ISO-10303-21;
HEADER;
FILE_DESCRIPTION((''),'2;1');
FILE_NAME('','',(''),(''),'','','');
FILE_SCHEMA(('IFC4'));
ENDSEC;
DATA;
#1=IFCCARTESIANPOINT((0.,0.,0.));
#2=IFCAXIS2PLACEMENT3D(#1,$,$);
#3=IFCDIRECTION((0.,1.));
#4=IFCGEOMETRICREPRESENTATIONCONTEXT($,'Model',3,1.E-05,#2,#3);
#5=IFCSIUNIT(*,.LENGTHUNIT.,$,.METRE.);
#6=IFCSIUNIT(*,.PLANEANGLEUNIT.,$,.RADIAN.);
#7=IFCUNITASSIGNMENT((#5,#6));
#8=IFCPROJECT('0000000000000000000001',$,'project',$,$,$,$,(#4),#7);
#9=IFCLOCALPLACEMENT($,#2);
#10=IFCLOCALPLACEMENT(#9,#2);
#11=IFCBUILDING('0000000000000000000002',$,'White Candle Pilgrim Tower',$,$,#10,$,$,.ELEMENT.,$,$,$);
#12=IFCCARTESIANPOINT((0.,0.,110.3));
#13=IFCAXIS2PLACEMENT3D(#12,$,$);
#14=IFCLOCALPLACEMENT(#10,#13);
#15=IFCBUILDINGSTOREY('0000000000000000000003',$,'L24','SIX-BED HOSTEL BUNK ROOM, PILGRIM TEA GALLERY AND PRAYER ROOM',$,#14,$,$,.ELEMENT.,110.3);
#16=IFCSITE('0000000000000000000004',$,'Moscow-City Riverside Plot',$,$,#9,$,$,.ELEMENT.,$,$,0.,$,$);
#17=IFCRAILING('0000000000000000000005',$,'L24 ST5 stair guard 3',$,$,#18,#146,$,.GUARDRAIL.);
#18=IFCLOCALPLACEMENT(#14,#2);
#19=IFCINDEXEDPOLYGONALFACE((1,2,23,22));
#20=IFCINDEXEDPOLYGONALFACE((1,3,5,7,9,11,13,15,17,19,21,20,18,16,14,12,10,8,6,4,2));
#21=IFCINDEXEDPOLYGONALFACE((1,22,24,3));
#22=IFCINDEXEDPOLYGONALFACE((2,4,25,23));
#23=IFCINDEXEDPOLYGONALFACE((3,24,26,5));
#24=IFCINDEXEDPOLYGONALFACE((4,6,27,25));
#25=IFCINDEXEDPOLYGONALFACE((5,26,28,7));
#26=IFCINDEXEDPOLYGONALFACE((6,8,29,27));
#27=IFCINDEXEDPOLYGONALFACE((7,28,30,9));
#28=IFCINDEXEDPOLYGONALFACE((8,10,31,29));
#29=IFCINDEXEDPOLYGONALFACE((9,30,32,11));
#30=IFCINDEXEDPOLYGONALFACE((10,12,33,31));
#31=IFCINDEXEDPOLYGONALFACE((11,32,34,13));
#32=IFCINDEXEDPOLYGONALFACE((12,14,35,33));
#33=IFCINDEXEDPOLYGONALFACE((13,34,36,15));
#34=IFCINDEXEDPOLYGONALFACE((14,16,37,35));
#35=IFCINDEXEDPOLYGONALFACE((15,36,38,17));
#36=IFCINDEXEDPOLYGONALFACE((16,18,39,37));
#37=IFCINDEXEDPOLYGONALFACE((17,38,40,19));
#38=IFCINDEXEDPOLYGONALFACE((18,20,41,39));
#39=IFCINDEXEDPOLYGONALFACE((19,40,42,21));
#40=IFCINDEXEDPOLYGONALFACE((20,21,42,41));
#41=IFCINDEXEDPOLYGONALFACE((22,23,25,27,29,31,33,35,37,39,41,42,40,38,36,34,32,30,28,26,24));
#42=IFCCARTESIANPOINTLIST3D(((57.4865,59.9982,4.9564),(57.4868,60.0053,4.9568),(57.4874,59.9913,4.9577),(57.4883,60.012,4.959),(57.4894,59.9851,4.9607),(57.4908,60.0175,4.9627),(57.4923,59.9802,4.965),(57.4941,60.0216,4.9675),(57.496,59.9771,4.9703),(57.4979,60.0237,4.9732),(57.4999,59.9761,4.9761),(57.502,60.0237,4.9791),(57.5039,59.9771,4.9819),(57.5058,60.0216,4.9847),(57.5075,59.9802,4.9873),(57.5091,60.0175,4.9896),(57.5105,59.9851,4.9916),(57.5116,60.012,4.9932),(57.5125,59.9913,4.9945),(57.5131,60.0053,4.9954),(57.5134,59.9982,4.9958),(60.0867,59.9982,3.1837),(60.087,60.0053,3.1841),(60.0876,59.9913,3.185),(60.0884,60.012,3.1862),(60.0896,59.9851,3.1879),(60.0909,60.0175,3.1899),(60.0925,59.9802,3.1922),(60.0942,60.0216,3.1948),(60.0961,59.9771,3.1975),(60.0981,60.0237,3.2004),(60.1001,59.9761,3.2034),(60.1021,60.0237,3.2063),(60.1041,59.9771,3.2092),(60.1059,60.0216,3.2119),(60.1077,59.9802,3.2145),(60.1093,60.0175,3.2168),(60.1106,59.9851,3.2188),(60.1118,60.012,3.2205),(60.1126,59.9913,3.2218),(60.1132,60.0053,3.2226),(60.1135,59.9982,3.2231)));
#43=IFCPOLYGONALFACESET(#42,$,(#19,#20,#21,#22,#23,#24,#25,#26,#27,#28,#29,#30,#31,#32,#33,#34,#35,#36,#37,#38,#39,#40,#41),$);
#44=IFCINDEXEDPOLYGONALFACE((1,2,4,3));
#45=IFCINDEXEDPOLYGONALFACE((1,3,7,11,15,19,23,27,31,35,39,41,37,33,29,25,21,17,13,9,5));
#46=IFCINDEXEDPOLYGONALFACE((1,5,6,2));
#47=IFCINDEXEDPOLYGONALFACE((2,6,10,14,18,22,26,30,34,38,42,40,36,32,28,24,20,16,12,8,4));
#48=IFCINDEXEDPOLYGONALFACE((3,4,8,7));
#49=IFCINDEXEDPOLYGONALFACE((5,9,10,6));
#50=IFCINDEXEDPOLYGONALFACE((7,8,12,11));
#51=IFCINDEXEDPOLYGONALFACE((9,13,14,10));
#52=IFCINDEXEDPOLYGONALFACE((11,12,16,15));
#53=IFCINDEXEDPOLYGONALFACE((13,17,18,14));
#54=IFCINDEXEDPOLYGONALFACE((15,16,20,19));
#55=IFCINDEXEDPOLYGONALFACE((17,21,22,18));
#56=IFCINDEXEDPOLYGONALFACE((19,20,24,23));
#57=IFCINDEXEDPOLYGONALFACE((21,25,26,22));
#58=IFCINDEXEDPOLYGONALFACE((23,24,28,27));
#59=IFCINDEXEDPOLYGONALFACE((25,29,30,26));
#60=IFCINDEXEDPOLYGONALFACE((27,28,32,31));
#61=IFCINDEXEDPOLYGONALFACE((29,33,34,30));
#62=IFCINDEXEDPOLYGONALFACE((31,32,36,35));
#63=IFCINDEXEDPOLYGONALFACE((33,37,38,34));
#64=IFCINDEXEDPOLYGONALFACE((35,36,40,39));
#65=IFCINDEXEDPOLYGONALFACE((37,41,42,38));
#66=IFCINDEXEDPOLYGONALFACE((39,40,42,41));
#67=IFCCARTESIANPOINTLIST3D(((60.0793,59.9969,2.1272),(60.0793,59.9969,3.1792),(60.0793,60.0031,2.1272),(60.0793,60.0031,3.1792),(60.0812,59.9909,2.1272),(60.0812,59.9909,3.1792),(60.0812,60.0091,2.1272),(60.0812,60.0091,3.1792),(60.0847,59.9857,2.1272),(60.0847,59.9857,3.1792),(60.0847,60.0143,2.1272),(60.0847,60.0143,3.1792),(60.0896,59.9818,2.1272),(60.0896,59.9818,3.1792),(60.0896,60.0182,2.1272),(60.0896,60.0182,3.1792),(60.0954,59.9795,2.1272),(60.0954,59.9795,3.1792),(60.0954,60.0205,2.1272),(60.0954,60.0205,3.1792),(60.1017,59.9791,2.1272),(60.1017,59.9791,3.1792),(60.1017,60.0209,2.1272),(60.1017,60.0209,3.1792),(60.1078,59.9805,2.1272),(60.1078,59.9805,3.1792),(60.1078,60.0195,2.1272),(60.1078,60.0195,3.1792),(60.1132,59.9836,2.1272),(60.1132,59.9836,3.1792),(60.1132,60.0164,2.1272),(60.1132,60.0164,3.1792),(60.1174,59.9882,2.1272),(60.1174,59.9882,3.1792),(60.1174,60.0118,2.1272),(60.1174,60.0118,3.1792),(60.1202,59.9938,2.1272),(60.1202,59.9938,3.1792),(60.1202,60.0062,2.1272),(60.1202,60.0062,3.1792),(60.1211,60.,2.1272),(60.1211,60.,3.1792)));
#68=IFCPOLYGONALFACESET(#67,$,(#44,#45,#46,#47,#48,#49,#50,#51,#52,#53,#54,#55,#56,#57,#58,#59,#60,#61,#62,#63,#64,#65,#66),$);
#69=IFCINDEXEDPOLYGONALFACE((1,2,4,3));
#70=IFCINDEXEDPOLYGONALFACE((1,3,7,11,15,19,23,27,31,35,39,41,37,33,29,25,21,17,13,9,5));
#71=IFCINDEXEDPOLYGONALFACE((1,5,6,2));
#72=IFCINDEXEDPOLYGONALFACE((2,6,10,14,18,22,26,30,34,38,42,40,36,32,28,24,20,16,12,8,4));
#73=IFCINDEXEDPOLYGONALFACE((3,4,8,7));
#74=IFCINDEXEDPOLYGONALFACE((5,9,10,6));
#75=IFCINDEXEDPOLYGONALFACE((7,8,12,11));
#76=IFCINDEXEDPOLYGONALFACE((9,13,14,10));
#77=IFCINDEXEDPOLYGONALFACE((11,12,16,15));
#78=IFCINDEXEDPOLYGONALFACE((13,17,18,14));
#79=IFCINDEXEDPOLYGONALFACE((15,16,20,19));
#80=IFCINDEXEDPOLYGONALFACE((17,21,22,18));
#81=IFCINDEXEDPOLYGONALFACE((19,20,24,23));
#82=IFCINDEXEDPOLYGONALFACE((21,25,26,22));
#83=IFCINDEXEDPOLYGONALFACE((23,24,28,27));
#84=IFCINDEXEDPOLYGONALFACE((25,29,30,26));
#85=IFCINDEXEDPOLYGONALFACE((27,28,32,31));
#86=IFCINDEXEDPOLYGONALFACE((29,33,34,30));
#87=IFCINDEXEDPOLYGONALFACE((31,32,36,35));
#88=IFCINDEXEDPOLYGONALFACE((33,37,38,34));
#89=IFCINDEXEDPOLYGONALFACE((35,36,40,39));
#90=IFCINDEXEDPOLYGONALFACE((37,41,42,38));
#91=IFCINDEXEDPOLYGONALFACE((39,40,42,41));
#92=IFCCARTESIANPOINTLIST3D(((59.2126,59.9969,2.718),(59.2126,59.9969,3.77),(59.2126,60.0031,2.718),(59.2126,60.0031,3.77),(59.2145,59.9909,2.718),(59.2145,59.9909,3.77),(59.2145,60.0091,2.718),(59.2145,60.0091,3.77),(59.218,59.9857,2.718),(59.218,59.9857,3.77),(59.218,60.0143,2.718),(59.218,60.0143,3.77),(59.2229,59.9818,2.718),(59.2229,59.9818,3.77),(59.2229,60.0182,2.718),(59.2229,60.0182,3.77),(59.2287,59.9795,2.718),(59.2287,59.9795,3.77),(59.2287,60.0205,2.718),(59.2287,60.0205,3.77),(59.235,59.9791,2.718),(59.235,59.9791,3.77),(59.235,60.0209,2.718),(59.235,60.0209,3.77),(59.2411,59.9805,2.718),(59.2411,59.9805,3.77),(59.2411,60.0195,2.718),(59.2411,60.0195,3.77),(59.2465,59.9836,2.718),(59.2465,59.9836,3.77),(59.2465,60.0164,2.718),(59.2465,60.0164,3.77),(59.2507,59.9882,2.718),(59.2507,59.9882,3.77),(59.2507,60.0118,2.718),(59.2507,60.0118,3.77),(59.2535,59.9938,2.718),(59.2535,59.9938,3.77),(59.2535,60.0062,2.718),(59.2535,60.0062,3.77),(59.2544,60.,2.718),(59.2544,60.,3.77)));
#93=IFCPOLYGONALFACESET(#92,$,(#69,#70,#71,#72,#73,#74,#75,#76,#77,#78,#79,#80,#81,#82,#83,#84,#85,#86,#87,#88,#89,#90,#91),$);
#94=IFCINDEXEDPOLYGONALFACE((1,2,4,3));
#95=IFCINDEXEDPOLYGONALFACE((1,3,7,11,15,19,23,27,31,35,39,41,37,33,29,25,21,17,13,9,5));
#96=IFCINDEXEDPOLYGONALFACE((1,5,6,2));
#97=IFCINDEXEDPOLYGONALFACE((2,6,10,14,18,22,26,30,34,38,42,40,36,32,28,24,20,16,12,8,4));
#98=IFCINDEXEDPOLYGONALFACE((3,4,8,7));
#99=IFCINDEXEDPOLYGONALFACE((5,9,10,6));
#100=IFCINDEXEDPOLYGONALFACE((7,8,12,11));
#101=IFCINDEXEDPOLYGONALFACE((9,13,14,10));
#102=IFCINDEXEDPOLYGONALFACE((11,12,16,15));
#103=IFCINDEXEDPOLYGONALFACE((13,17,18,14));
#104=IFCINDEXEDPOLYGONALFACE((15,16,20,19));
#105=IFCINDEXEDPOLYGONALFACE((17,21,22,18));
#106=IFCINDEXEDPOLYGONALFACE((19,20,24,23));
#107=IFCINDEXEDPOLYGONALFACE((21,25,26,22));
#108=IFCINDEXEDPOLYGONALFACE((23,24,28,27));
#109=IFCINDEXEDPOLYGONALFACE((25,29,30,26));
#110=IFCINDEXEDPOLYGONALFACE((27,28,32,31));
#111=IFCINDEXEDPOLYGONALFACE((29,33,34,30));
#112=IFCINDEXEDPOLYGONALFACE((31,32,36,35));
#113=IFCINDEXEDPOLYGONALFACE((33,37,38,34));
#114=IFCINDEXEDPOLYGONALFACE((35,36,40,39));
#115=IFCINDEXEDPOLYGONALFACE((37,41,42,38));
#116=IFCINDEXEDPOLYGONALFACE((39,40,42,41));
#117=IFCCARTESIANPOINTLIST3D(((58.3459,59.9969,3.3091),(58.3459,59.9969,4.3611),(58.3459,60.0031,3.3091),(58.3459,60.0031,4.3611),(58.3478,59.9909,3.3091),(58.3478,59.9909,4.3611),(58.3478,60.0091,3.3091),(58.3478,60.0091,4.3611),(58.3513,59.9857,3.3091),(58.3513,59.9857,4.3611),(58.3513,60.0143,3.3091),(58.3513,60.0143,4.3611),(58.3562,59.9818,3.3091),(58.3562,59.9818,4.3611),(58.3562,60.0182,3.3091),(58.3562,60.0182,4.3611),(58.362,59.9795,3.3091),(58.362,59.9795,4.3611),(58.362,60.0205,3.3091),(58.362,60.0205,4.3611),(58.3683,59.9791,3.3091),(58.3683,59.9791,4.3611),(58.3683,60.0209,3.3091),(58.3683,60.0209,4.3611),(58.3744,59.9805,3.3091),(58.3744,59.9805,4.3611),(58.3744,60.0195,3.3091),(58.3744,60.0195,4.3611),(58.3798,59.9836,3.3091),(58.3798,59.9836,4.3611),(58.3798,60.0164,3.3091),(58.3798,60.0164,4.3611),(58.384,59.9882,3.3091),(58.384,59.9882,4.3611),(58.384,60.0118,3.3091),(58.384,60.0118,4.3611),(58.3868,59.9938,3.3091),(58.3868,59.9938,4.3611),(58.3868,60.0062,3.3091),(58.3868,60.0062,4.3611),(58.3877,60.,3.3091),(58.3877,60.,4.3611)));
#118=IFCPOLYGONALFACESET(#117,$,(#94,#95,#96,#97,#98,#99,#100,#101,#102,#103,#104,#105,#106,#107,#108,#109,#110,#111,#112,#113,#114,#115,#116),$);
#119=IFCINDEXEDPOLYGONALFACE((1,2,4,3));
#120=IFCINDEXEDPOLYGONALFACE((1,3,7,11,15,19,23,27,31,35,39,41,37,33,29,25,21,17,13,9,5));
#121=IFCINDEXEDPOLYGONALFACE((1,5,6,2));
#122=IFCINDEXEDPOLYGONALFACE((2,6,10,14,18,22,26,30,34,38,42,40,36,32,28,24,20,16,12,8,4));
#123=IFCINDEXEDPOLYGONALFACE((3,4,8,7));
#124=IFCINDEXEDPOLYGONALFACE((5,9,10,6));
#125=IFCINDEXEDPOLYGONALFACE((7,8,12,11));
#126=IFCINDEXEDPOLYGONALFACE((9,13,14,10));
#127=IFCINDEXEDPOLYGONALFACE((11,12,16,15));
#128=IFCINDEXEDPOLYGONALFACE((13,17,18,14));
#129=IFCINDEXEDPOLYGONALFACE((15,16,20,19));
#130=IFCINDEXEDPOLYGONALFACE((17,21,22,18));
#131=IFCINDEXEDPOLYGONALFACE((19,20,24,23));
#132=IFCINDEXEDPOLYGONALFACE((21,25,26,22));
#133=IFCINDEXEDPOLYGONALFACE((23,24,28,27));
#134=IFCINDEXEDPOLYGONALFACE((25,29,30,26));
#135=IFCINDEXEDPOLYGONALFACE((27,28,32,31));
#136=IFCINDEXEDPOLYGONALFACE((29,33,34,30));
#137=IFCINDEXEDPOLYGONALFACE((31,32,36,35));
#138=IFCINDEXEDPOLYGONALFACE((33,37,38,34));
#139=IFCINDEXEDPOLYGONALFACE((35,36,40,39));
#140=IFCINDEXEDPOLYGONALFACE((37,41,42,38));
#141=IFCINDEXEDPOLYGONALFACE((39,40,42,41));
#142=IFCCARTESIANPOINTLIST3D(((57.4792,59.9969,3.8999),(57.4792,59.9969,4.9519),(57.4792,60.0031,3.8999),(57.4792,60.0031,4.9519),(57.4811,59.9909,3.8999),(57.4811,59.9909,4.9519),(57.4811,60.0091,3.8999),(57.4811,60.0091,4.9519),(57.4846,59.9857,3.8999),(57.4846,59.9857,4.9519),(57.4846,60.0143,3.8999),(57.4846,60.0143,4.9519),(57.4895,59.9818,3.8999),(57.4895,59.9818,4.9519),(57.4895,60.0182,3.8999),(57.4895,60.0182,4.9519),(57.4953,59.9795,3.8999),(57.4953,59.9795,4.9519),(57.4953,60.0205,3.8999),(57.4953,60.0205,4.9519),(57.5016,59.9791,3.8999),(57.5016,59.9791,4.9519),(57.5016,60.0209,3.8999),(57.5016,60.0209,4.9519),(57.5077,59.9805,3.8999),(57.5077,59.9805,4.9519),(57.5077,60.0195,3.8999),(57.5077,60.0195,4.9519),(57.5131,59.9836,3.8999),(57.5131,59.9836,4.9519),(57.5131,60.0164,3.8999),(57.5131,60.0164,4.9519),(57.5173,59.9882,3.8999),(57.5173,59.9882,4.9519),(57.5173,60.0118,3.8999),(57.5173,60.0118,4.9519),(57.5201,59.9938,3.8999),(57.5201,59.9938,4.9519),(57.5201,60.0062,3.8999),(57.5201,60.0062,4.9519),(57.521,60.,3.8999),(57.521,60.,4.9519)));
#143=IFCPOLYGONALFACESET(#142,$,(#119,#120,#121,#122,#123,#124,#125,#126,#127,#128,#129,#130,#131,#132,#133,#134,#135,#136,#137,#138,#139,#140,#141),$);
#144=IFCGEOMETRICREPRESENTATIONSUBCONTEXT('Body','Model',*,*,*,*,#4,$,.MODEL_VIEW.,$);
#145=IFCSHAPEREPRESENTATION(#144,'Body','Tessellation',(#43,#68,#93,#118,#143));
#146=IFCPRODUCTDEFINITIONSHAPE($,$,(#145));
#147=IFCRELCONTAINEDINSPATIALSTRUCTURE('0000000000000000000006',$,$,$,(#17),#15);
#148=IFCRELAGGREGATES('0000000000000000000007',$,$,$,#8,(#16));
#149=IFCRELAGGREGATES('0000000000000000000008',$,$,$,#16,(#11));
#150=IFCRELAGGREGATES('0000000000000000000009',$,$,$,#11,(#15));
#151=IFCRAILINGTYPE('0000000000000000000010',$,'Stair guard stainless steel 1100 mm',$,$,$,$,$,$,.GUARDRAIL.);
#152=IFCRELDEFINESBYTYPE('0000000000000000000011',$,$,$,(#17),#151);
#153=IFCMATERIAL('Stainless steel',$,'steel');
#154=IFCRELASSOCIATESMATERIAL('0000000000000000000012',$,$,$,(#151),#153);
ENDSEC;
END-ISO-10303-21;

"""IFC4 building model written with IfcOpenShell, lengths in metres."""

from ifc_helpers import new_model, si_unit, direction, frame, origin, origin_2d, place, context, subcontext, project, spatial, circle, extrude, material, type_object, element, save


model = new_model("IFC4")

# Units and contexts
model_context = context("Model", 3, precision=1e-05, world=origin(), true_north=direction((0.0, 1.0)))
body_context = subcontext(model_context, "Body", "Model", "MODEL_VIEW")
ifc_project = project(units=[si_unit("LENGTHUNIT", "METRE"), si_unit("PLANEANGLEUNIT", "RADIAN")], contexts=[model_context])

# Site, building, storey
site_placement = place(None, origin())
site = spatial("IfcSite", under=ifc_project, at=site_placement, Name="Moscow-City Riverside Plot", CompositionType="ELEMENT", RefElevation=0.0)
building_placement = place(site_placement, origin())
building = spatial("IfcBuilding", under=site, at=building_placement, Name="White Candle Pilgrim Tower", CompositionType="ELEMENT")
storey_placement = place(building_placement, frame((0.0, 0.0, 110.3)))
storey = spatial("IfcBuildingStorey", under=building, at=storey_placement, Name="L24", Description="SIX-BED HOSTEL BUNK ROOM, PILGRIM TEA GALLERY AND PRAYER ROOM", CompositionType="ELEMENT", Elevation=110.3)

# Railing
ifc_material_1 = material(Name="Stainless steel", Category="steel")
railing_type_1 = type_object("IfcRailingType", Name="Stair guard stainless steel 1100 mm", PredefinedType="GUARDRAIL", material=ifc_material_1)
railing_1_placement = place(storey_placement, frame((60.1001, 60.0, 2.1272)))
element("IfcRailing", 1, at=railing_1_placement, inside=storey, type_object=railing_type_1, Name="L24 ST5 stair guard 3", PredefinedType="GUARDRAIL", context=body_context, shape_type="SweptSolid", body=[
    extrude(circle(Radius=0.0239, at=origin_2d()), frame((0.0, 0.0, 1.0762), z_axis=(-0.82624, 0.0, 0.563318), x_axis=(0.0, -1.0, 0.0)), (0.0, 0.0, 1.0), 3.147),
    extrude(circle(Radius=0.021, at=origin_2d()), origin(), (0.0, 0.0, 1.0), 1.052),
    extrude(circle(Radius=0.021, at=origin_2d()), frame((-0.8667, 0.0, 0.5908)), (0.0, 0.0, 1.0), 1.052),
    extrude(circle(Radius=0.021, at=origin_2d()), frame((-1.7334, 0.0, 1.1819)), (0.0, 0.0, 1.0), 1.052),
    extrude(circle(Radius=0.021, at=origin_2d()), frame((-2.6001, 0.0, 1.7727)), (0.0, 0.0, 1.0), 1.052),
])

save(model, "model.ifc")
